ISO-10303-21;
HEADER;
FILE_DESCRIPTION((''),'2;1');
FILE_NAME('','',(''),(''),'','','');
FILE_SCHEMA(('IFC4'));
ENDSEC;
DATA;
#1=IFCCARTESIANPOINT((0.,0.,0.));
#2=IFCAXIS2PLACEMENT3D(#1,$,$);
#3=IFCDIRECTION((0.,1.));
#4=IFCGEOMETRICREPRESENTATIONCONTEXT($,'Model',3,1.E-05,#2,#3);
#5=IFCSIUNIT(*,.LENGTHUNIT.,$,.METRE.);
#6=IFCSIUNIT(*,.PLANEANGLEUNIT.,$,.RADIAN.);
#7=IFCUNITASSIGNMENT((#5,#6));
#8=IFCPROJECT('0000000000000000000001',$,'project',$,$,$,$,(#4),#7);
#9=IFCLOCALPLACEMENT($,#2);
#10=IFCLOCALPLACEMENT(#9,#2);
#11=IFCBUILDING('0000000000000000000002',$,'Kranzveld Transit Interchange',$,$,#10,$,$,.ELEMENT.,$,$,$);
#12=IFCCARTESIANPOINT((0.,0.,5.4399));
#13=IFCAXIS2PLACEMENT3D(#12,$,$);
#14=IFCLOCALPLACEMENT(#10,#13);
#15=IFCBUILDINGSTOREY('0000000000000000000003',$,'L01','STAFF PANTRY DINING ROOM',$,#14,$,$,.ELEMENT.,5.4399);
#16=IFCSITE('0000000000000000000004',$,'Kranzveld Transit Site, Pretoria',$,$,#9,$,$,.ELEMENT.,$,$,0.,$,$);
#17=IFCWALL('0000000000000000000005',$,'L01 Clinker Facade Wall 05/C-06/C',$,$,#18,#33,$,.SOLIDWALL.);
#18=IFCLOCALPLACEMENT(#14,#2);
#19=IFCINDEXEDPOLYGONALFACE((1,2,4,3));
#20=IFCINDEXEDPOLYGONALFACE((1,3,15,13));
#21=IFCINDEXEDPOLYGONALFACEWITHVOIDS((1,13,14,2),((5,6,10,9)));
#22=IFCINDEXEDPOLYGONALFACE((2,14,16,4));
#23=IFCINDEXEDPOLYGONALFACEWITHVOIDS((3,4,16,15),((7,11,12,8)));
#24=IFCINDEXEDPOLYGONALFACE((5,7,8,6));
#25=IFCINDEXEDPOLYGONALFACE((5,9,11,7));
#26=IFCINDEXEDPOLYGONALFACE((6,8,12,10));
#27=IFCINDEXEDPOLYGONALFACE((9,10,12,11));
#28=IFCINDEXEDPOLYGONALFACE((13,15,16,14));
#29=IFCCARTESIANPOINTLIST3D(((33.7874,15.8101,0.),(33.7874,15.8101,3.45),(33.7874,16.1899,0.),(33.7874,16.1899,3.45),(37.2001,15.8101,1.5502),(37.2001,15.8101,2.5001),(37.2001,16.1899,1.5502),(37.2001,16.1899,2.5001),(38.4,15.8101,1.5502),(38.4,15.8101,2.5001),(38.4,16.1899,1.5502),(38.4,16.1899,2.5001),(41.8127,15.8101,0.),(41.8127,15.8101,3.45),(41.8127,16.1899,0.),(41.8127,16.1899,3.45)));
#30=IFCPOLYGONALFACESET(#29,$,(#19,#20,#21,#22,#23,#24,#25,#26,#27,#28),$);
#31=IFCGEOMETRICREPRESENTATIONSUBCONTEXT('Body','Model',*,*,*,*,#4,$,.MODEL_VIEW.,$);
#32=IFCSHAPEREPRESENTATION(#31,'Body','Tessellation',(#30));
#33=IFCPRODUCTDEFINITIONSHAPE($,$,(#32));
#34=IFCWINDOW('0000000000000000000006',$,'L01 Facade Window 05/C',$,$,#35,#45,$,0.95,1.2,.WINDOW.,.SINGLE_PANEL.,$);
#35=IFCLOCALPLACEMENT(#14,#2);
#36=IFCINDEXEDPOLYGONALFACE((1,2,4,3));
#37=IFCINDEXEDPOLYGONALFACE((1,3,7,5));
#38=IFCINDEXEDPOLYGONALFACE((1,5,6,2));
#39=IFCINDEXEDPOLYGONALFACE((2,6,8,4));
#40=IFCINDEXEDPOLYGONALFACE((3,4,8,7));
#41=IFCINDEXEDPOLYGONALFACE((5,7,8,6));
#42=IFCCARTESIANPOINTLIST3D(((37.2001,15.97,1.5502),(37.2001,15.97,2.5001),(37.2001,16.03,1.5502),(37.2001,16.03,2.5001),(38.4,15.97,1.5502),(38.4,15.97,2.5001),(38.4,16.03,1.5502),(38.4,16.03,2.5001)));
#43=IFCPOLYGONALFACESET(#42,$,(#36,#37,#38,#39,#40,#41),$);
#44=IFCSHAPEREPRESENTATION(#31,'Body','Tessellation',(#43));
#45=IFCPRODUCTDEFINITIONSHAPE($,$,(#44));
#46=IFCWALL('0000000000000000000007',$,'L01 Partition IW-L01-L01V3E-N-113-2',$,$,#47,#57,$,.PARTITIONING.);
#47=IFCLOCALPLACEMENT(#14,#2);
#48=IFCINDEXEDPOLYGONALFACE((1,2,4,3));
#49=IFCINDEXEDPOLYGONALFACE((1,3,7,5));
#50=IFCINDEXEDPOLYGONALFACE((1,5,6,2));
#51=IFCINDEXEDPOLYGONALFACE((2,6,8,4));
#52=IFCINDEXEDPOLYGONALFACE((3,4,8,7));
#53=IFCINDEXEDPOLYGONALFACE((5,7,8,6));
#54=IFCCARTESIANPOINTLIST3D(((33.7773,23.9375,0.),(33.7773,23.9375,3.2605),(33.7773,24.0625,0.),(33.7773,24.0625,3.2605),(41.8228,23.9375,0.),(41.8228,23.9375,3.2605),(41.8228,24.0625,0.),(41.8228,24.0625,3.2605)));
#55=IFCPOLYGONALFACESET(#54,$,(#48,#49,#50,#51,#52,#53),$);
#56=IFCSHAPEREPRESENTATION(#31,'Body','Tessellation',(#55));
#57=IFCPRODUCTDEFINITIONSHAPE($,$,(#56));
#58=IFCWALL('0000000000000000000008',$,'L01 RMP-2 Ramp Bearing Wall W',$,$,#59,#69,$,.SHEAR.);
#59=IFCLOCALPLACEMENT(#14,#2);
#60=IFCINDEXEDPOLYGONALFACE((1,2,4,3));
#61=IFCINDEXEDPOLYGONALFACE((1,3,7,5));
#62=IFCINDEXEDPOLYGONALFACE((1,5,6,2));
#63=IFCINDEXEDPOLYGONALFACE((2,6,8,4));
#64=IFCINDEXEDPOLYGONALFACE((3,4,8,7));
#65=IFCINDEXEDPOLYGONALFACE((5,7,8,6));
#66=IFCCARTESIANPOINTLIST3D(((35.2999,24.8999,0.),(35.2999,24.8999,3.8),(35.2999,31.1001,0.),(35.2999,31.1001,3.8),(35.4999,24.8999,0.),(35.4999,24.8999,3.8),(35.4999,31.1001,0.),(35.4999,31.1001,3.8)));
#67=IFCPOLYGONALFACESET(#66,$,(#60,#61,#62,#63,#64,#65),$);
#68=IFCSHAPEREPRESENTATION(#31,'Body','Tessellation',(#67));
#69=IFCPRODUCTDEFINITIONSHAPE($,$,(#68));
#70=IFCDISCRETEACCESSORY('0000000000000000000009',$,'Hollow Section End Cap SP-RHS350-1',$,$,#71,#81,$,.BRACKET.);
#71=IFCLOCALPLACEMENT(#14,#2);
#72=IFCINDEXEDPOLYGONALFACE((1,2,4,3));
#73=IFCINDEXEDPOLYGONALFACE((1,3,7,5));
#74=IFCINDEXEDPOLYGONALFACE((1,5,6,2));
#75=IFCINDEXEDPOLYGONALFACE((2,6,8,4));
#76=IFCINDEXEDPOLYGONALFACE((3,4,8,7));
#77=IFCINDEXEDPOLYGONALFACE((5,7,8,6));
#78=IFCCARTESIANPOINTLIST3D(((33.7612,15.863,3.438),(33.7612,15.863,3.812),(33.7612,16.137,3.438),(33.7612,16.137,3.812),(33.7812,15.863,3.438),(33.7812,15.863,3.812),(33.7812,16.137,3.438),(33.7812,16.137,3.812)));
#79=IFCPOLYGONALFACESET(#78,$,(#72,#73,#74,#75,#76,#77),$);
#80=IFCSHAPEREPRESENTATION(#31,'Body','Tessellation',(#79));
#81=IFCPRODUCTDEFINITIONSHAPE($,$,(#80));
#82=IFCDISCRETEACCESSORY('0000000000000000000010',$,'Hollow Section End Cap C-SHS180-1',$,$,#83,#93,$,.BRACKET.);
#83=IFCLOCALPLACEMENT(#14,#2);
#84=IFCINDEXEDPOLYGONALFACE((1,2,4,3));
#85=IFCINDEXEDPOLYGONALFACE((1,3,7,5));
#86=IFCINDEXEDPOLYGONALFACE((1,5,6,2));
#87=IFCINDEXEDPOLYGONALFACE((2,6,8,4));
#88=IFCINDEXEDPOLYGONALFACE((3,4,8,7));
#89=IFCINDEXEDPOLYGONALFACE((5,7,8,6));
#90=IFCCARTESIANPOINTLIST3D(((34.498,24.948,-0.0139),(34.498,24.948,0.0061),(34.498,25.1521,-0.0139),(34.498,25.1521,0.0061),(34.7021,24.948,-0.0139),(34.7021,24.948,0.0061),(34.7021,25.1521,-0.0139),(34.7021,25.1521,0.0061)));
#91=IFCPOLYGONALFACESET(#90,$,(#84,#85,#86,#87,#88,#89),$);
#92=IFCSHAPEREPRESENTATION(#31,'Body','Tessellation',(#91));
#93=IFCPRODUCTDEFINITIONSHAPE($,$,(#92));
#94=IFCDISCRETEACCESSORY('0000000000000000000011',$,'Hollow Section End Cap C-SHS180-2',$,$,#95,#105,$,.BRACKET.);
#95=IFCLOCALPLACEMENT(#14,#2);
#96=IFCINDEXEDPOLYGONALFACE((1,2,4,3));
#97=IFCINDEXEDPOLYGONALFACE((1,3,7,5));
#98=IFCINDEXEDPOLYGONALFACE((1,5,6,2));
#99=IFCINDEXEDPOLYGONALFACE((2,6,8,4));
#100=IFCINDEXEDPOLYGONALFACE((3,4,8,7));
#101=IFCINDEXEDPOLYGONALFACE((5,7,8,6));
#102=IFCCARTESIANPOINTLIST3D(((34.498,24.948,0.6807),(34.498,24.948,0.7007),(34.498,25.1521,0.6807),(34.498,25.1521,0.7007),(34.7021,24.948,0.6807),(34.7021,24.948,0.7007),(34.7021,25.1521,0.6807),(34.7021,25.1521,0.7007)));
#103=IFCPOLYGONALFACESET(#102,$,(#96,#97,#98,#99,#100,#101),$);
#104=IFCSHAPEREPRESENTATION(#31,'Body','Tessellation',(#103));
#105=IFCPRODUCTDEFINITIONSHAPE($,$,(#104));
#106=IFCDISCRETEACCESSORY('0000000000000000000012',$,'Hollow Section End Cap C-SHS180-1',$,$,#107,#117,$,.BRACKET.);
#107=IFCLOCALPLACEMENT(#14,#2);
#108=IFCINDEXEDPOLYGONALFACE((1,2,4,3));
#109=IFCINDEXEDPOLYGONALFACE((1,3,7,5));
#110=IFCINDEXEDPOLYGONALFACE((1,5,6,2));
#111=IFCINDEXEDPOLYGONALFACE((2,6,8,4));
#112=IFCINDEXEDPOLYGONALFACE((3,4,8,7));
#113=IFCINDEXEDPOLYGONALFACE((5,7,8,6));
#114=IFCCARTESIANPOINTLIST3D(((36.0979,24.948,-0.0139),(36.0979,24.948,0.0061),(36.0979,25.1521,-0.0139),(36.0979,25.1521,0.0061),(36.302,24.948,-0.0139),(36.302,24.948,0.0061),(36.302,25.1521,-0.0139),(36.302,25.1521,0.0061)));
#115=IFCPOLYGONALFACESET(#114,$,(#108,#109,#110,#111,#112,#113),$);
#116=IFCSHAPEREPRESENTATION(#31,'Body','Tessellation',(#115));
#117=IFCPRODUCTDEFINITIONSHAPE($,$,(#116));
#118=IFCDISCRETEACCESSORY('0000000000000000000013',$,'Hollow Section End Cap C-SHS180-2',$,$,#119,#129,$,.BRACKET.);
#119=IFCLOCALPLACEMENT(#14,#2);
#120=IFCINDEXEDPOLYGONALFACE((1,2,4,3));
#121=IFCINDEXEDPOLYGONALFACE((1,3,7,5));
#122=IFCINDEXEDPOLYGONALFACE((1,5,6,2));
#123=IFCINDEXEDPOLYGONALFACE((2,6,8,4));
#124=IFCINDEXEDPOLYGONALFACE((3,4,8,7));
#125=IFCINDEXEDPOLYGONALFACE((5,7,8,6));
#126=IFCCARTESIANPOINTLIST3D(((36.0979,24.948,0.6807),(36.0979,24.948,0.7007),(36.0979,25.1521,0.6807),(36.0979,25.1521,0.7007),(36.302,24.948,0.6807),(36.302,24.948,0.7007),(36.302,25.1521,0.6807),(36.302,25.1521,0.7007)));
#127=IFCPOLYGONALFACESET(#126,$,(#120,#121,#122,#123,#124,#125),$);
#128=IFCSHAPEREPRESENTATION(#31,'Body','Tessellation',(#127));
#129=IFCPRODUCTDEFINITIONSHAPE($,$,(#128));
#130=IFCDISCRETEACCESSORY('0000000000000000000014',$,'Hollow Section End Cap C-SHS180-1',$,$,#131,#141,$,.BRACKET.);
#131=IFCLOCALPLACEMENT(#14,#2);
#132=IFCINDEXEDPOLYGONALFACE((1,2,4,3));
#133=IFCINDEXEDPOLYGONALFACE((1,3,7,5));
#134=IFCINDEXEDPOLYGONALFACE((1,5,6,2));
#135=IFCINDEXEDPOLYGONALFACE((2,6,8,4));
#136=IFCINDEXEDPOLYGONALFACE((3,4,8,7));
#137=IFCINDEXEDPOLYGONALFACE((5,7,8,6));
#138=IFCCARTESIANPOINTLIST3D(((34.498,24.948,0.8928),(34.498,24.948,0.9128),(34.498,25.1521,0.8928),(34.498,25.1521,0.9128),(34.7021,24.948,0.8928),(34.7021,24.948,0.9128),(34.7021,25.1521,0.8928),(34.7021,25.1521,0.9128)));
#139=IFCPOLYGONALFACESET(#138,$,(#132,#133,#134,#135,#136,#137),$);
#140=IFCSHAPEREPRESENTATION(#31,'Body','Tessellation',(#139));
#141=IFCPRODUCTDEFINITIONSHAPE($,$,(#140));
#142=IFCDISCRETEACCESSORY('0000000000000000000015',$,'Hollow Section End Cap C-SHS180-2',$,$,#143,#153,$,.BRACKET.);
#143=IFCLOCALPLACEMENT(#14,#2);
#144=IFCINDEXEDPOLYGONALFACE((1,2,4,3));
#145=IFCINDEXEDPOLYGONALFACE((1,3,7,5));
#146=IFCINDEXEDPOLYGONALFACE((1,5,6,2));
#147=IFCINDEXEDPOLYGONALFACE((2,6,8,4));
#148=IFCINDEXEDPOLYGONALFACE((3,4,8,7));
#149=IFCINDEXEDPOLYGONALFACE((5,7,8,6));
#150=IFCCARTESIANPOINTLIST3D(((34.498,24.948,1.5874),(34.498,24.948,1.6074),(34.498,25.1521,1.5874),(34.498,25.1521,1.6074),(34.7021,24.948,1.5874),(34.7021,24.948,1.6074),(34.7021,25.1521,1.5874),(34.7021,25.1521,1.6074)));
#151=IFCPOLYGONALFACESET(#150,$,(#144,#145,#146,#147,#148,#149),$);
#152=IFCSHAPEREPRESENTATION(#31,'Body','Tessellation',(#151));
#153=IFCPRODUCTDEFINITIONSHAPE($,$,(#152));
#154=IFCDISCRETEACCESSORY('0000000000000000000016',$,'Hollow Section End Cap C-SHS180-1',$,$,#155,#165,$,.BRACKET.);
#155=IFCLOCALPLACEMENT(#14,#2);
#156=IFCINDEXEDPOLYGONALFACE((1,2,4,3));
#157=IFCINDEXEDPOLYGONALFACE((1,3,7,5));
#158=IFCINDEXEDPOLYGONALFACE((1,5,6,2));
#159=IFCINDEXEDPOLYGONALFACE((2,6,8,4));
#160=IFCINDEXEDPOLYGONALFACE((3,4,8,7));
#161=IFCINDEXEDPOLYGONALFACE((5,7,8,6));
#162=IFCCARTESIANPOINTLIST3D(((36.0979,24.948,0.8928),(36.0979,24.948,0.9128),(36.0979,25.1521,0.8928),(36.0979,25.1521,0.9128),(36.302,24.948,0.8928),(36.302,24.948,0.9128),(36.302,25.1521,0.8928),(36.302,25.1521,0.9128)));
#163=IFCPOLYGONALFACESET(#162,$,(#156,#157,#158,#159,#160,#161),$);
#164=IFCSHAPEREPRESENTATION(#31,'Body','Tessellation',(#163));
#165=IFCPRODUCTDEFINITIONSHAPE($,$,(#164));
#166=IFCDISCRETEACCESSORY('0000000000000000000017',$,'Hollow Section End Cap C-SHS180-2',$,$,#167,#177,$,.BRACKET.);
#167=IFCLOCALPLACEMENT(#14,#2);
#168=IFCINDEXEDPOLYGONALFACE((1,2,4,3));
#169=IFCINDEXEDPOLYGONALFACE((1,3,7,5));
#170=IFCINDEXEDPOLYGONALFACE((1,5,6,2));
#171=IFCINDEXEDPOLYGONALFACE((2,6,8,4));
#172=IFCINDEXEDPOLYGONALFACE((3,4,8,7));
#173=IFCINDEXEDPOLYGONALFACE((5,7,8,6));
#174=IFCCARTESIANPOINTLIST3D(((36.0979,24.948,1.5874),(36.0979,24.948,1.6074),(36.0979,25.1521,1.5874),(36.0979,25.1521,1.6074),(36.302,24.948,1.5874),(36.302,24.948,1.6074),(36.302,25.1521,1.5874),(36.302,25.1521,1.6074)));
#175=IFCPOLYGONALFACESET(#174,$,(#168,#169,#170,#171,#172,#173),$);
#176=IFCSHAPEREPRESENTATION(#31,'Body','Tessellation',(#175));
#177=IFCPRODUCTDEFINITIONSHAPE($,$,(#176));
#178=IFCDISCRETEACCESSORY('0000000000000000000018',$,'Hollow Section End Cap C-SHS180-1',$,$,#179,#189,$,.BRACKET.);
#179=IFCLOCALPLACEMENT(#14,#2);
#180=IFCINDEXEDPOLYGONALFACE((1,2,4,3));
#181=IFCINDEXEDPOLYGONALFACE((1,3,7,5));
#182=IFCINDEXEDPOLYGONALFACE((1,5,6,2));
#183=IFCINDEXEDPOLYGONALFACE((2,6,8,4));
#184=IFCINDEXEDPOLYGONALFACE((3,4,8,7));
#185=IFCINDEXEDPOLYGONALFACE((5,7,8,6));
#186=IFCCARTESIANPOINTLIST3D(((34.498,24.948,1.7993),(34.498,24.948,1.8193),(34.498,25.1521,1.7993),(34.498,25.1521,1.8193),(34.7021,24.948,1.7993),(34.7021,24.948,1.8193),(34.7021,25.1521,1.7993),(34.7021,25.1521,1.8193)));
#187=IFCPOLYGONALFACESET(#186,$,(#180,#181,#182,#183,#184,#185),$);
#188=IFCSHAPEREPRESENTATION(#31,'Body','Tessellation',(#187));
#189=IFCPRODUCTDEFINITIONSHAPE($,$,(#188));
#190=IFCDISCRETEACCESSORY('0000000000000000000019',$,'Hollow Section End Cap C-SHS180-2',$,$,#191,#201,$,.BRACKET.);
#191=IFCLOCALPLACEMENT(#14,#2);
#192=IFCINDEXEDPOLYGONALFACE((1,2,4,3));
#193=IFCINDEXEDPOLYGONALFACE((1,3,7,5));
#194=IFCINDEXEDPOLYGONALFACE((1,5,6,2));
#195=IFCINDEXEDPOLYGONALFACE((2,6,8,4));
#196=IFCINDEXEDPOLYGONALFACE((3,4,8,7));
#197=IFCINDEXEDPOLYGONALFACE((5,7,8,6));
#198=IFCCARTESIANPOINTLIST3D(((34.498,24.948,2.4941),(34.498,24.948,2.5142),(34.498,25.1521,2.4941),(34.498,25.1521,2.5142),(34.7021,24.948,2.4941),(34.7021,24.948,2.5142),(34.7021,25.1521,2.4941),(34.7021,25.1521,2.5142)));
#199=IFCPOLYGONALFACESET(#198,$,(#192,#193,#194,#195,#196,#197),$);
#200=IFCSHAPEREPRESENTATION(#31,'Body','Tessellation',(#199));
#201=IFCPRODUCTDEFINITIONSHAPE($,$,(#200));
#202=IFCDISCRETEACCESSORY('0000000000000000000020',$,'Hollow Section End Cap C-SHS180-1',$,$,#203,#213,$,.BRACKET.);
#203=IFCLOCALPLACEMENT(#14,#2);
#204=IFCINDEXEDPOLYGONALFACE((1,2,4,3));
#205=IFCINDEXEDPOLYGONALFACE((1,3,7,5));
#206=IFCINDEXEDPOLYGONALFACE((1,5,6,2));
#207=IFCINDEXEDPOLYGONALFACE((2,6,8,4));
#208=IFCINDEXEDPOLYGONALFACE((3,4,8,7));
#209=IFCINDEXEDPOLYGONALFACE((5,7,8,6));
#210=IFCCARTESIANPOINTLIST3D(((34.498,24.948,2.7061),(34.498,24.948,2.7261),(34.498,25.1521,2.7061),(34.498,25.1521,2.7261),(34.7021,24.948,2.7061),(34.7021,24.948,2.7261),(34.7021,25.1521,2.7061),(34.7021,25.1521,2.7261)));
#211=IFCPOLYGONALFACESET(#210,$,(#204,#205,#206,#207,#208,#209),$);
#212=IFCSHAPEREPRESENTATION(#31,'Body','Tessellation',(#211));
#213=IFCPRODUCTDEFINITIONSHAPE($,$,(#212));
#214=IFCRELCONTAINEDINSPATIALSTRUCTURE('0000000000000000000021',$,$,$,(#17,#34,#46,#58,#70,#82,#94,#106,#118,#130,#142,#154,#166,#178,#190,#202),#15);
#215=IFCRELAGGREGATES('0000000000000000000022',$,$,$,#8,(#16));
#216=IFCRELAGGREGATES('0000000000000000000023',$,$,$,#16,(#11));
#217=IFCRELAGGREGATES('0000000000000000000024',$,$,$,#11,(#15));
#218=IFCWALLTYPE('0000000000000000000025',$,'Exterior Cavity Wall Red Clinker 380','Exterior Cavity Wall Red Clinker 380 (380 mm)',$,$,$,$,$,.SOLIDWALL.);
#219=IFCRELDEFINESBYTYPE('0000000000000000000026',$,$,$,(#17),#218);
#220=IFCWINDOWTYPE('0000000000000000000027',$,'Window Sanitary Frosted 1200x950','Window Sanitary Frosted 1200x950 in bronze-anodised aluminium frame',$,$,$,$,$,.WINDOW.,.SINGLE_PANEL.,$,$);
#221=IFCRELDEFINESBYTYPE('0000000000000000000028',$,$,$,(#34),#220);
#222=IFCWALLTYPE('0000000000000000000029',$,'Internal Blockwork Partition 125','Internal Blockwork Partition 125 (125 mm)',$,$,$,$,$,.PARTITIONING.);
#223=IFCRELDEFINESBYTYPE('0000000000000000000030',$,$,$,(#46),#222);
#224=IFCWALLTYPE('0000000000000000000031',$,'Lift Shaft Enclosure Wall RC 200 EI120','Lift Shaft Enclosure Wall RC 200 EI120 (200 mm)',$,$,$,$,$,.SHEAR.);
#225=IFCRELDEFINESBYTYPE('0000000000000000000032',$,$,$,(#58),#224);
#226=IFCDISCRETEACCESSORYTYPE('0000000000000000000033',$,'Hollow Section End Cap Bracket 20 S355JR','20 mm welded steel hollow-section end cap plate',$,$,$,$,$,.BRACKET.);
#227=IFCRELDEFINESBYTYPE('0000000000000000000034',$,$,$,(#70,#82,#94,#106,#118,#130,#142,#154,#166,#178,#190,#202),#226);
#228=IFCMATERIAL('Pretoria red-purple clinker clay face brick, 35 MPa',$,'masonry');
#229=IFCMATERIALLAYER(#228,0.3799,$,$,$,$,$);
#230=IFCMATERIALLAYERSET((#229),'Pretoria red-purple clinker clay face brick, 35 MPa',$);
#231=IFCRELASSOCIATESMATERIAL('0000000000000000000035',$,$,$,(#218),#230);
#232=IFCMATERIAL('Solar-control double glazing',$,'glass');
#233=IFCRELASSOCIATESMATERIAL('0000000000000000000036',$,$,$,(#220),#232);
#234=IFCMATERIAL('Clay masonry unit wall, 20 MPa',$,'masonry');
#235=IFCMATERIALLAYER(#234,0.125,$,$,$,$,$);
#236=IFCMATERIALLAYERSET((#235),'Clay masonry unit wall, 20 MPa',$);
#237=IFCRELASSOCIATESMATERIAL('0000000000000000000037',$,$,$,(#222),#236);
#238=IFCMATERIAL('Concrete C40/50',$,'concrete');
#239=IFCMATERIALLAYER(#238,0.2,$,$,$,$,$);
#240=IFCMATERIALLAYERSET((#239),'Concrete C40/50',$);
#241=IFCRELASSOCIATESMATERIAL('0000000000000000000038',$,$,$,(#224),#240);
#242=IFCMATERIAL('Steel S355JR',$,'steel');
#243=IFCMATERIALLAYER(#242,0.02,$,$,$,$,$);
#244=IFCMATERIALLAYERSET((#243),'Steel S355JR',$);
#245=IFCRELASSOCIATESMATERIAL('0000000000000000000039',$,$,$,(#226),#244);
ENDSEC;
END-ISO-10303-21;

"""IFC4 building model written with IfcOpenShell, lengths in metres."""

from ifc_helpers import new_model, si_unit, direction, frame, frame_2d, origin, origin_2d, place, context, subcontext, project, spatial, rectangle, extrude, material, layer, layer_set, type_object, element, fill, save


model = new_model("IFC4")

# Units and contexts
model_context = context("Model", 3, precision=1e-05, world=origin(), true_north=direction((0.0, 1.0)))
body_context = subcontext(model_context, "Body", "Model", "MODEL_VIEW")
ifc_project = project(units=[si_unit("LENGTHUNIT", "METRE"), si_unit("PLANEANGLEUNIT", "RADIAN")], contexts=[model_context])

# Site, building, storey
site_placement = place(None, origin())
site = spatial("IfcSite", under=ifc_project, at=site_placement, Name="Kranzveld Transit Site, Pretoria", CompositionType="ELEMENT", RefElevation=0.0)
building_placement = place(site_placement, origin())
building = spatial("IfcBuilding", under=site, at=building_placement, Name="Kranzveld Transit Interchange", CompositionType="ELEMENT")
storey_placement = place(building_placement, frame((0.0, 0.0, 5.4399)))
storey = spatial("IfcBuildingStorey", under=building, at=storey_placement, Name="L01", Description="STAFF PANTRY DINING ROOM", CompositionType="ELEMENT", Elevation=5.4399)

# Wall, opening, window
ifc_material_1 = material(Name="Pretoria red-purple clinker clay face brick, 35 MPa", Category="masonry")
ifc_layer_1 = layer(ifc_material_1, 0.3799)
ifc_layer_set_1 = layer_set([ifc_layer_1], Name="Pretoria red-purple clinker clay face brick, 35 MPa")
wall_type_1 = type_object("IfcWallType", Name="Exterior Cavity Wall Red Clinker 380", Description="Exterior Cavity Wall Red Clinker 380 (380 mm)", PredefinedType="SOLIDWALL", material=ifc_layer_set_1)
wall_1_placement = place(storey_placement, frame((33.7874, 16.0, 0.0), z_axis=(0.0, 0.0, 1.0), x_axis=(1.0, 0.0, 0.0)))
wall_1 = element("IfcWall", 1, at=wall_1_placement, inside=storey, type_object=wall_type_1, Name="L01 Clinker Facade Wall 05/C-06/C", PredefinedType="SOLIDWALL", context=body_context, shape_type="SweptSolid", body=[
    extrude(rectangle(XDim=8.0254, YDim=0.3799, at=frame_2d((4.0127, 0.0))), origin(), (0.0, 0.0, 1.0), 3.45),
])
opening_placement = place(wall_1_placement, frame((3.4126, 0.0, 1.55), z_axis=(0.0, 0.0, 1.0), x_axis=(1.0, 0.0, 0.0)))
opening = element("IfcOpeningElement", 2, at=opening_placement, cuts=wall_1, PredefinedType="OPENING", context=body_context, shape_type="SweptSolid", body=[
    extrude(rectangle(XDim=1.2, YDim=0.95, at=frame_2d((0.6001, 0.4751))), frame((0.0, 0.2, 0.0), z_axis=(0.0, -1.0, 0.0), x_axis=(1.0, 0.0, 0.0)), (0.0, 0.0, 1.0), 0.3999),
])
ifc_material_2 = material(Name="Solar-control double glazing", Category="glass")
window_type = type_object("IfcWindowType", Name="Window Sanitary Frosted 1200x950", Description="Window Sanitary Frosted 1200x950 in bronze-anodised aluminium frame", PartitioningType="SINGLE_PANEL", PredefinedType="WINDOW", material=ifc_material_2)
window_placement = place(opening_placement, origin())
window = element("IfcWindow", 3, at=window_placement, inside=storey, type_object=window_type, Name="L01 Facade Window 05/C", OverallHeight=0.95, OverallWidth=1.2, PartitioningType="SINGLE_PANEL", PredefinedType="WINDOW", context=body_context, shape_type="SweptSolid", body=[
    extrude(rectangle(XDim=1.2, YDim=0.95, at=frame_2d((0.6001, 0.4751))), frame((0.0, 0.03, 0.0), z_axis=(0.0, -1.0, 0.0), x_axis=(1.0, 0.0, 0.0)), (0.0, 0.0, 1.0), 0.0601),
])
fill(opening, window)

# Walls
ifc_material_3 = material(Name="Clay masonry unit wall, 20 MPa", Category="masonry")
ifc_layer_2 = layer(ifc_material_3, 0.125)
ifc_layer_set_2 = layer_set([ifc_layer_2], Name="Clay masonry unit wall, 20 MPa")
wall_type_2 = type_object("IfcWallType", Name="Internal Blockwork Partition 125", Description="Internal Blockwork Partition 125 (125 mm)", PredefinedType="PARTITIONING", material=ifc_layer_set_2)
wall_2_placement = place(storey_placement, frame((33.7773, 24.0, 0.0), z_axis=(0.0, 0.0, 1.0), x_axis=(1.0, 0.0, 0.0)))
element("IfcWall", 4, at=wall_2_placement, inside=storey, type_object=wall_type_2, Name="L01 Partition IW-L01-L01V3E-N-113-2", PredefinedType="PARTITIONING", context=body_context, shape_type="SweptSolid", body=[
    extrude(rectangle(XDim=8.0454, YDim=0.125, at=frame_2d((4.0227, 0.0))), origin(), (0.0, 0.0, 1.0), 3.2605),
])
ifc_material_4 = material(Name="Concrete C40/50", Category="concrete")
ifc_layer_3 = layer(ifc_material_4, 0.2)
ifc_layer_set_3 = layer_set([ifc_layer_3], Name="Concrete C40/50")
wall_type_3 = type_object("IfcWallType", Name="Lift Shaft Enclosure Wall RC 200 EI120", Description="Lift Shaft Enclosure Wall RC 200 EI120 (200 mm)", PredefinedType="SHEAR", material=ifc_layer_set_3)
wall_3_placement = place(storey_placement, frame((35.3999, 24.8999, 0.0), z_axis=(0.0, 0.0, 1.0), x_axis=(0.0, 1.0, 0.0)))
element("IfcWall", 5, at=wall_3_placement, inside=storey, type_object=wall_type_3, Name="L01 RMP-2 Ramp Bearing Wall W", PredefinedType="SHEAR", context=body_context, shape_type="SweptSolid", body=[
    extrude(rectangle(XDim=6.2002, YDim=0.2, at=frame_2d((3.1001, 0.0))), origin(), (0.0, 0.0, 1.0), 3.8),
])

# Discrete accessories
ifc_material_5 = material(Name="Steel S355JR", Category="steel")
ifc_layer_4 = layer(ifc_material_5, 0.02)
ifc_layer_set_4 = layer_set([ifc_layer_4], Name="Steel S355JR")
discrete_accessory_type = type_object("IfcDiscreteAccessoryType", Name="Hollow Section End Cap Bracket 20 S355JR", Description="20 mm welded steel hollow-section end cap plate", PredefinedType="BRACKET", material=ifc_layer_set_4)
discrete_accessory_placement = place(storey_placement, frame((33.7812, 16.0, 3.625), z_axis=(-1.0, 0.0, 0.0), x_axis=(0.0, -1.0, 0.0)))
element("IfcDiscreteAccessory", 6, at=discrete_accessory_placement, inside=storey, type_object=discrete_accessory_type, Name="Hollow Section End Cap SP-RHS350-1", PredefinedType="BRACKET", context=body_context, shape_type="SweptSolid", body=[
    extrude(rectangle(XDim=0.2739, YDim=0.374, at=origin_2d()), origin(), (0.0, 0.0, 1.0), 0.02),
])
for number, where, z_axis, x_axis, name in (
    (7, (34.6001, 25.05, 0.0061), (0.0, 0.0, -1.0), (1.0, 0.0, 0.0), "Hollow Section End Cap C-SHS180-1"),
    (8, (34.6001, 25.05, 0.6807), (0.0, 0.0, 1.0), (1.0, 0.0, 0.0), "Hollow Section End Cap C-SHS180-2"),
    (9, (36.2, 25.05, 0.0061), (0.0, 0.0, -1.0), (1.0, 0.0, 0.0), "Hollow Section End Cap C-SHS180-1"),
    (10, (36.2, 25.05, 0.6807), (0.0, 0.0, 1.0), (1.0, 0.0, 0.0), "Hollow Section End Cap C-SHS180-2"),
    (11, (34.6001, 25.05, 0.9128), (0.0, 0.0, -1.0), (1.0, 0.0, 0.0), "Hollow Section End Cap C-SHS180-1"),
    (12, (34.6001, 25.05, 1.5874), (0.0, 0.0, 1.0), (1.0, 0.0, 0.0), "Hollow Section End Cap C-SHS180-2"),
    (13, (36.2, 25.05, 0.9128), (0.0, 0.0, -1.0), (1.0, 0.0, 0.0), "Hollow Section End Cap C-SHS180-1"),
    (14, (36.2, 25.05, 1.5874), (0.0, 0.0, 1.0), (1.0, 0.0, 0.0), "Hollow Section End Cap C-SHS180-2"),
    (15, (34.6001, 25.05, 1.8193), (0.0, 0.0, -1.0), (1.0, 0.0, 0.0), "Hollow Section End Cap C-SHS180-1"),
    (16, (34.6001, 25.05, 2.4941), (0.0, 0.0, 1.0), (1.0, 0.0, 0.0), "Hollow Section End Cap C-SHS180-2"),
    (17, (34.6001, 25.05, 2.7261), (0.0, 0.0, -1.0), (1.0, 0.0, 0.0), "Hollow Section End Cap C-SHS180-1"),
):
    element("IfcDiscreteAccessory", number, at=place(storey_placement, frame(where, z_axis=z_axis, x_axis=x_axis)), inside=storey, type_object=discrete_accessory_type, Name=name, PredefinedType="BRACKET", context=body_context, shape_type="SweptSolid", body=[
        extrude(rectangle(XDim=0.2041, YDim=0.2041, at=origin_2d()), origin(), (0.0, 0.0, 1.0), 0.02),
    ])

save(model, "model.ifc")
